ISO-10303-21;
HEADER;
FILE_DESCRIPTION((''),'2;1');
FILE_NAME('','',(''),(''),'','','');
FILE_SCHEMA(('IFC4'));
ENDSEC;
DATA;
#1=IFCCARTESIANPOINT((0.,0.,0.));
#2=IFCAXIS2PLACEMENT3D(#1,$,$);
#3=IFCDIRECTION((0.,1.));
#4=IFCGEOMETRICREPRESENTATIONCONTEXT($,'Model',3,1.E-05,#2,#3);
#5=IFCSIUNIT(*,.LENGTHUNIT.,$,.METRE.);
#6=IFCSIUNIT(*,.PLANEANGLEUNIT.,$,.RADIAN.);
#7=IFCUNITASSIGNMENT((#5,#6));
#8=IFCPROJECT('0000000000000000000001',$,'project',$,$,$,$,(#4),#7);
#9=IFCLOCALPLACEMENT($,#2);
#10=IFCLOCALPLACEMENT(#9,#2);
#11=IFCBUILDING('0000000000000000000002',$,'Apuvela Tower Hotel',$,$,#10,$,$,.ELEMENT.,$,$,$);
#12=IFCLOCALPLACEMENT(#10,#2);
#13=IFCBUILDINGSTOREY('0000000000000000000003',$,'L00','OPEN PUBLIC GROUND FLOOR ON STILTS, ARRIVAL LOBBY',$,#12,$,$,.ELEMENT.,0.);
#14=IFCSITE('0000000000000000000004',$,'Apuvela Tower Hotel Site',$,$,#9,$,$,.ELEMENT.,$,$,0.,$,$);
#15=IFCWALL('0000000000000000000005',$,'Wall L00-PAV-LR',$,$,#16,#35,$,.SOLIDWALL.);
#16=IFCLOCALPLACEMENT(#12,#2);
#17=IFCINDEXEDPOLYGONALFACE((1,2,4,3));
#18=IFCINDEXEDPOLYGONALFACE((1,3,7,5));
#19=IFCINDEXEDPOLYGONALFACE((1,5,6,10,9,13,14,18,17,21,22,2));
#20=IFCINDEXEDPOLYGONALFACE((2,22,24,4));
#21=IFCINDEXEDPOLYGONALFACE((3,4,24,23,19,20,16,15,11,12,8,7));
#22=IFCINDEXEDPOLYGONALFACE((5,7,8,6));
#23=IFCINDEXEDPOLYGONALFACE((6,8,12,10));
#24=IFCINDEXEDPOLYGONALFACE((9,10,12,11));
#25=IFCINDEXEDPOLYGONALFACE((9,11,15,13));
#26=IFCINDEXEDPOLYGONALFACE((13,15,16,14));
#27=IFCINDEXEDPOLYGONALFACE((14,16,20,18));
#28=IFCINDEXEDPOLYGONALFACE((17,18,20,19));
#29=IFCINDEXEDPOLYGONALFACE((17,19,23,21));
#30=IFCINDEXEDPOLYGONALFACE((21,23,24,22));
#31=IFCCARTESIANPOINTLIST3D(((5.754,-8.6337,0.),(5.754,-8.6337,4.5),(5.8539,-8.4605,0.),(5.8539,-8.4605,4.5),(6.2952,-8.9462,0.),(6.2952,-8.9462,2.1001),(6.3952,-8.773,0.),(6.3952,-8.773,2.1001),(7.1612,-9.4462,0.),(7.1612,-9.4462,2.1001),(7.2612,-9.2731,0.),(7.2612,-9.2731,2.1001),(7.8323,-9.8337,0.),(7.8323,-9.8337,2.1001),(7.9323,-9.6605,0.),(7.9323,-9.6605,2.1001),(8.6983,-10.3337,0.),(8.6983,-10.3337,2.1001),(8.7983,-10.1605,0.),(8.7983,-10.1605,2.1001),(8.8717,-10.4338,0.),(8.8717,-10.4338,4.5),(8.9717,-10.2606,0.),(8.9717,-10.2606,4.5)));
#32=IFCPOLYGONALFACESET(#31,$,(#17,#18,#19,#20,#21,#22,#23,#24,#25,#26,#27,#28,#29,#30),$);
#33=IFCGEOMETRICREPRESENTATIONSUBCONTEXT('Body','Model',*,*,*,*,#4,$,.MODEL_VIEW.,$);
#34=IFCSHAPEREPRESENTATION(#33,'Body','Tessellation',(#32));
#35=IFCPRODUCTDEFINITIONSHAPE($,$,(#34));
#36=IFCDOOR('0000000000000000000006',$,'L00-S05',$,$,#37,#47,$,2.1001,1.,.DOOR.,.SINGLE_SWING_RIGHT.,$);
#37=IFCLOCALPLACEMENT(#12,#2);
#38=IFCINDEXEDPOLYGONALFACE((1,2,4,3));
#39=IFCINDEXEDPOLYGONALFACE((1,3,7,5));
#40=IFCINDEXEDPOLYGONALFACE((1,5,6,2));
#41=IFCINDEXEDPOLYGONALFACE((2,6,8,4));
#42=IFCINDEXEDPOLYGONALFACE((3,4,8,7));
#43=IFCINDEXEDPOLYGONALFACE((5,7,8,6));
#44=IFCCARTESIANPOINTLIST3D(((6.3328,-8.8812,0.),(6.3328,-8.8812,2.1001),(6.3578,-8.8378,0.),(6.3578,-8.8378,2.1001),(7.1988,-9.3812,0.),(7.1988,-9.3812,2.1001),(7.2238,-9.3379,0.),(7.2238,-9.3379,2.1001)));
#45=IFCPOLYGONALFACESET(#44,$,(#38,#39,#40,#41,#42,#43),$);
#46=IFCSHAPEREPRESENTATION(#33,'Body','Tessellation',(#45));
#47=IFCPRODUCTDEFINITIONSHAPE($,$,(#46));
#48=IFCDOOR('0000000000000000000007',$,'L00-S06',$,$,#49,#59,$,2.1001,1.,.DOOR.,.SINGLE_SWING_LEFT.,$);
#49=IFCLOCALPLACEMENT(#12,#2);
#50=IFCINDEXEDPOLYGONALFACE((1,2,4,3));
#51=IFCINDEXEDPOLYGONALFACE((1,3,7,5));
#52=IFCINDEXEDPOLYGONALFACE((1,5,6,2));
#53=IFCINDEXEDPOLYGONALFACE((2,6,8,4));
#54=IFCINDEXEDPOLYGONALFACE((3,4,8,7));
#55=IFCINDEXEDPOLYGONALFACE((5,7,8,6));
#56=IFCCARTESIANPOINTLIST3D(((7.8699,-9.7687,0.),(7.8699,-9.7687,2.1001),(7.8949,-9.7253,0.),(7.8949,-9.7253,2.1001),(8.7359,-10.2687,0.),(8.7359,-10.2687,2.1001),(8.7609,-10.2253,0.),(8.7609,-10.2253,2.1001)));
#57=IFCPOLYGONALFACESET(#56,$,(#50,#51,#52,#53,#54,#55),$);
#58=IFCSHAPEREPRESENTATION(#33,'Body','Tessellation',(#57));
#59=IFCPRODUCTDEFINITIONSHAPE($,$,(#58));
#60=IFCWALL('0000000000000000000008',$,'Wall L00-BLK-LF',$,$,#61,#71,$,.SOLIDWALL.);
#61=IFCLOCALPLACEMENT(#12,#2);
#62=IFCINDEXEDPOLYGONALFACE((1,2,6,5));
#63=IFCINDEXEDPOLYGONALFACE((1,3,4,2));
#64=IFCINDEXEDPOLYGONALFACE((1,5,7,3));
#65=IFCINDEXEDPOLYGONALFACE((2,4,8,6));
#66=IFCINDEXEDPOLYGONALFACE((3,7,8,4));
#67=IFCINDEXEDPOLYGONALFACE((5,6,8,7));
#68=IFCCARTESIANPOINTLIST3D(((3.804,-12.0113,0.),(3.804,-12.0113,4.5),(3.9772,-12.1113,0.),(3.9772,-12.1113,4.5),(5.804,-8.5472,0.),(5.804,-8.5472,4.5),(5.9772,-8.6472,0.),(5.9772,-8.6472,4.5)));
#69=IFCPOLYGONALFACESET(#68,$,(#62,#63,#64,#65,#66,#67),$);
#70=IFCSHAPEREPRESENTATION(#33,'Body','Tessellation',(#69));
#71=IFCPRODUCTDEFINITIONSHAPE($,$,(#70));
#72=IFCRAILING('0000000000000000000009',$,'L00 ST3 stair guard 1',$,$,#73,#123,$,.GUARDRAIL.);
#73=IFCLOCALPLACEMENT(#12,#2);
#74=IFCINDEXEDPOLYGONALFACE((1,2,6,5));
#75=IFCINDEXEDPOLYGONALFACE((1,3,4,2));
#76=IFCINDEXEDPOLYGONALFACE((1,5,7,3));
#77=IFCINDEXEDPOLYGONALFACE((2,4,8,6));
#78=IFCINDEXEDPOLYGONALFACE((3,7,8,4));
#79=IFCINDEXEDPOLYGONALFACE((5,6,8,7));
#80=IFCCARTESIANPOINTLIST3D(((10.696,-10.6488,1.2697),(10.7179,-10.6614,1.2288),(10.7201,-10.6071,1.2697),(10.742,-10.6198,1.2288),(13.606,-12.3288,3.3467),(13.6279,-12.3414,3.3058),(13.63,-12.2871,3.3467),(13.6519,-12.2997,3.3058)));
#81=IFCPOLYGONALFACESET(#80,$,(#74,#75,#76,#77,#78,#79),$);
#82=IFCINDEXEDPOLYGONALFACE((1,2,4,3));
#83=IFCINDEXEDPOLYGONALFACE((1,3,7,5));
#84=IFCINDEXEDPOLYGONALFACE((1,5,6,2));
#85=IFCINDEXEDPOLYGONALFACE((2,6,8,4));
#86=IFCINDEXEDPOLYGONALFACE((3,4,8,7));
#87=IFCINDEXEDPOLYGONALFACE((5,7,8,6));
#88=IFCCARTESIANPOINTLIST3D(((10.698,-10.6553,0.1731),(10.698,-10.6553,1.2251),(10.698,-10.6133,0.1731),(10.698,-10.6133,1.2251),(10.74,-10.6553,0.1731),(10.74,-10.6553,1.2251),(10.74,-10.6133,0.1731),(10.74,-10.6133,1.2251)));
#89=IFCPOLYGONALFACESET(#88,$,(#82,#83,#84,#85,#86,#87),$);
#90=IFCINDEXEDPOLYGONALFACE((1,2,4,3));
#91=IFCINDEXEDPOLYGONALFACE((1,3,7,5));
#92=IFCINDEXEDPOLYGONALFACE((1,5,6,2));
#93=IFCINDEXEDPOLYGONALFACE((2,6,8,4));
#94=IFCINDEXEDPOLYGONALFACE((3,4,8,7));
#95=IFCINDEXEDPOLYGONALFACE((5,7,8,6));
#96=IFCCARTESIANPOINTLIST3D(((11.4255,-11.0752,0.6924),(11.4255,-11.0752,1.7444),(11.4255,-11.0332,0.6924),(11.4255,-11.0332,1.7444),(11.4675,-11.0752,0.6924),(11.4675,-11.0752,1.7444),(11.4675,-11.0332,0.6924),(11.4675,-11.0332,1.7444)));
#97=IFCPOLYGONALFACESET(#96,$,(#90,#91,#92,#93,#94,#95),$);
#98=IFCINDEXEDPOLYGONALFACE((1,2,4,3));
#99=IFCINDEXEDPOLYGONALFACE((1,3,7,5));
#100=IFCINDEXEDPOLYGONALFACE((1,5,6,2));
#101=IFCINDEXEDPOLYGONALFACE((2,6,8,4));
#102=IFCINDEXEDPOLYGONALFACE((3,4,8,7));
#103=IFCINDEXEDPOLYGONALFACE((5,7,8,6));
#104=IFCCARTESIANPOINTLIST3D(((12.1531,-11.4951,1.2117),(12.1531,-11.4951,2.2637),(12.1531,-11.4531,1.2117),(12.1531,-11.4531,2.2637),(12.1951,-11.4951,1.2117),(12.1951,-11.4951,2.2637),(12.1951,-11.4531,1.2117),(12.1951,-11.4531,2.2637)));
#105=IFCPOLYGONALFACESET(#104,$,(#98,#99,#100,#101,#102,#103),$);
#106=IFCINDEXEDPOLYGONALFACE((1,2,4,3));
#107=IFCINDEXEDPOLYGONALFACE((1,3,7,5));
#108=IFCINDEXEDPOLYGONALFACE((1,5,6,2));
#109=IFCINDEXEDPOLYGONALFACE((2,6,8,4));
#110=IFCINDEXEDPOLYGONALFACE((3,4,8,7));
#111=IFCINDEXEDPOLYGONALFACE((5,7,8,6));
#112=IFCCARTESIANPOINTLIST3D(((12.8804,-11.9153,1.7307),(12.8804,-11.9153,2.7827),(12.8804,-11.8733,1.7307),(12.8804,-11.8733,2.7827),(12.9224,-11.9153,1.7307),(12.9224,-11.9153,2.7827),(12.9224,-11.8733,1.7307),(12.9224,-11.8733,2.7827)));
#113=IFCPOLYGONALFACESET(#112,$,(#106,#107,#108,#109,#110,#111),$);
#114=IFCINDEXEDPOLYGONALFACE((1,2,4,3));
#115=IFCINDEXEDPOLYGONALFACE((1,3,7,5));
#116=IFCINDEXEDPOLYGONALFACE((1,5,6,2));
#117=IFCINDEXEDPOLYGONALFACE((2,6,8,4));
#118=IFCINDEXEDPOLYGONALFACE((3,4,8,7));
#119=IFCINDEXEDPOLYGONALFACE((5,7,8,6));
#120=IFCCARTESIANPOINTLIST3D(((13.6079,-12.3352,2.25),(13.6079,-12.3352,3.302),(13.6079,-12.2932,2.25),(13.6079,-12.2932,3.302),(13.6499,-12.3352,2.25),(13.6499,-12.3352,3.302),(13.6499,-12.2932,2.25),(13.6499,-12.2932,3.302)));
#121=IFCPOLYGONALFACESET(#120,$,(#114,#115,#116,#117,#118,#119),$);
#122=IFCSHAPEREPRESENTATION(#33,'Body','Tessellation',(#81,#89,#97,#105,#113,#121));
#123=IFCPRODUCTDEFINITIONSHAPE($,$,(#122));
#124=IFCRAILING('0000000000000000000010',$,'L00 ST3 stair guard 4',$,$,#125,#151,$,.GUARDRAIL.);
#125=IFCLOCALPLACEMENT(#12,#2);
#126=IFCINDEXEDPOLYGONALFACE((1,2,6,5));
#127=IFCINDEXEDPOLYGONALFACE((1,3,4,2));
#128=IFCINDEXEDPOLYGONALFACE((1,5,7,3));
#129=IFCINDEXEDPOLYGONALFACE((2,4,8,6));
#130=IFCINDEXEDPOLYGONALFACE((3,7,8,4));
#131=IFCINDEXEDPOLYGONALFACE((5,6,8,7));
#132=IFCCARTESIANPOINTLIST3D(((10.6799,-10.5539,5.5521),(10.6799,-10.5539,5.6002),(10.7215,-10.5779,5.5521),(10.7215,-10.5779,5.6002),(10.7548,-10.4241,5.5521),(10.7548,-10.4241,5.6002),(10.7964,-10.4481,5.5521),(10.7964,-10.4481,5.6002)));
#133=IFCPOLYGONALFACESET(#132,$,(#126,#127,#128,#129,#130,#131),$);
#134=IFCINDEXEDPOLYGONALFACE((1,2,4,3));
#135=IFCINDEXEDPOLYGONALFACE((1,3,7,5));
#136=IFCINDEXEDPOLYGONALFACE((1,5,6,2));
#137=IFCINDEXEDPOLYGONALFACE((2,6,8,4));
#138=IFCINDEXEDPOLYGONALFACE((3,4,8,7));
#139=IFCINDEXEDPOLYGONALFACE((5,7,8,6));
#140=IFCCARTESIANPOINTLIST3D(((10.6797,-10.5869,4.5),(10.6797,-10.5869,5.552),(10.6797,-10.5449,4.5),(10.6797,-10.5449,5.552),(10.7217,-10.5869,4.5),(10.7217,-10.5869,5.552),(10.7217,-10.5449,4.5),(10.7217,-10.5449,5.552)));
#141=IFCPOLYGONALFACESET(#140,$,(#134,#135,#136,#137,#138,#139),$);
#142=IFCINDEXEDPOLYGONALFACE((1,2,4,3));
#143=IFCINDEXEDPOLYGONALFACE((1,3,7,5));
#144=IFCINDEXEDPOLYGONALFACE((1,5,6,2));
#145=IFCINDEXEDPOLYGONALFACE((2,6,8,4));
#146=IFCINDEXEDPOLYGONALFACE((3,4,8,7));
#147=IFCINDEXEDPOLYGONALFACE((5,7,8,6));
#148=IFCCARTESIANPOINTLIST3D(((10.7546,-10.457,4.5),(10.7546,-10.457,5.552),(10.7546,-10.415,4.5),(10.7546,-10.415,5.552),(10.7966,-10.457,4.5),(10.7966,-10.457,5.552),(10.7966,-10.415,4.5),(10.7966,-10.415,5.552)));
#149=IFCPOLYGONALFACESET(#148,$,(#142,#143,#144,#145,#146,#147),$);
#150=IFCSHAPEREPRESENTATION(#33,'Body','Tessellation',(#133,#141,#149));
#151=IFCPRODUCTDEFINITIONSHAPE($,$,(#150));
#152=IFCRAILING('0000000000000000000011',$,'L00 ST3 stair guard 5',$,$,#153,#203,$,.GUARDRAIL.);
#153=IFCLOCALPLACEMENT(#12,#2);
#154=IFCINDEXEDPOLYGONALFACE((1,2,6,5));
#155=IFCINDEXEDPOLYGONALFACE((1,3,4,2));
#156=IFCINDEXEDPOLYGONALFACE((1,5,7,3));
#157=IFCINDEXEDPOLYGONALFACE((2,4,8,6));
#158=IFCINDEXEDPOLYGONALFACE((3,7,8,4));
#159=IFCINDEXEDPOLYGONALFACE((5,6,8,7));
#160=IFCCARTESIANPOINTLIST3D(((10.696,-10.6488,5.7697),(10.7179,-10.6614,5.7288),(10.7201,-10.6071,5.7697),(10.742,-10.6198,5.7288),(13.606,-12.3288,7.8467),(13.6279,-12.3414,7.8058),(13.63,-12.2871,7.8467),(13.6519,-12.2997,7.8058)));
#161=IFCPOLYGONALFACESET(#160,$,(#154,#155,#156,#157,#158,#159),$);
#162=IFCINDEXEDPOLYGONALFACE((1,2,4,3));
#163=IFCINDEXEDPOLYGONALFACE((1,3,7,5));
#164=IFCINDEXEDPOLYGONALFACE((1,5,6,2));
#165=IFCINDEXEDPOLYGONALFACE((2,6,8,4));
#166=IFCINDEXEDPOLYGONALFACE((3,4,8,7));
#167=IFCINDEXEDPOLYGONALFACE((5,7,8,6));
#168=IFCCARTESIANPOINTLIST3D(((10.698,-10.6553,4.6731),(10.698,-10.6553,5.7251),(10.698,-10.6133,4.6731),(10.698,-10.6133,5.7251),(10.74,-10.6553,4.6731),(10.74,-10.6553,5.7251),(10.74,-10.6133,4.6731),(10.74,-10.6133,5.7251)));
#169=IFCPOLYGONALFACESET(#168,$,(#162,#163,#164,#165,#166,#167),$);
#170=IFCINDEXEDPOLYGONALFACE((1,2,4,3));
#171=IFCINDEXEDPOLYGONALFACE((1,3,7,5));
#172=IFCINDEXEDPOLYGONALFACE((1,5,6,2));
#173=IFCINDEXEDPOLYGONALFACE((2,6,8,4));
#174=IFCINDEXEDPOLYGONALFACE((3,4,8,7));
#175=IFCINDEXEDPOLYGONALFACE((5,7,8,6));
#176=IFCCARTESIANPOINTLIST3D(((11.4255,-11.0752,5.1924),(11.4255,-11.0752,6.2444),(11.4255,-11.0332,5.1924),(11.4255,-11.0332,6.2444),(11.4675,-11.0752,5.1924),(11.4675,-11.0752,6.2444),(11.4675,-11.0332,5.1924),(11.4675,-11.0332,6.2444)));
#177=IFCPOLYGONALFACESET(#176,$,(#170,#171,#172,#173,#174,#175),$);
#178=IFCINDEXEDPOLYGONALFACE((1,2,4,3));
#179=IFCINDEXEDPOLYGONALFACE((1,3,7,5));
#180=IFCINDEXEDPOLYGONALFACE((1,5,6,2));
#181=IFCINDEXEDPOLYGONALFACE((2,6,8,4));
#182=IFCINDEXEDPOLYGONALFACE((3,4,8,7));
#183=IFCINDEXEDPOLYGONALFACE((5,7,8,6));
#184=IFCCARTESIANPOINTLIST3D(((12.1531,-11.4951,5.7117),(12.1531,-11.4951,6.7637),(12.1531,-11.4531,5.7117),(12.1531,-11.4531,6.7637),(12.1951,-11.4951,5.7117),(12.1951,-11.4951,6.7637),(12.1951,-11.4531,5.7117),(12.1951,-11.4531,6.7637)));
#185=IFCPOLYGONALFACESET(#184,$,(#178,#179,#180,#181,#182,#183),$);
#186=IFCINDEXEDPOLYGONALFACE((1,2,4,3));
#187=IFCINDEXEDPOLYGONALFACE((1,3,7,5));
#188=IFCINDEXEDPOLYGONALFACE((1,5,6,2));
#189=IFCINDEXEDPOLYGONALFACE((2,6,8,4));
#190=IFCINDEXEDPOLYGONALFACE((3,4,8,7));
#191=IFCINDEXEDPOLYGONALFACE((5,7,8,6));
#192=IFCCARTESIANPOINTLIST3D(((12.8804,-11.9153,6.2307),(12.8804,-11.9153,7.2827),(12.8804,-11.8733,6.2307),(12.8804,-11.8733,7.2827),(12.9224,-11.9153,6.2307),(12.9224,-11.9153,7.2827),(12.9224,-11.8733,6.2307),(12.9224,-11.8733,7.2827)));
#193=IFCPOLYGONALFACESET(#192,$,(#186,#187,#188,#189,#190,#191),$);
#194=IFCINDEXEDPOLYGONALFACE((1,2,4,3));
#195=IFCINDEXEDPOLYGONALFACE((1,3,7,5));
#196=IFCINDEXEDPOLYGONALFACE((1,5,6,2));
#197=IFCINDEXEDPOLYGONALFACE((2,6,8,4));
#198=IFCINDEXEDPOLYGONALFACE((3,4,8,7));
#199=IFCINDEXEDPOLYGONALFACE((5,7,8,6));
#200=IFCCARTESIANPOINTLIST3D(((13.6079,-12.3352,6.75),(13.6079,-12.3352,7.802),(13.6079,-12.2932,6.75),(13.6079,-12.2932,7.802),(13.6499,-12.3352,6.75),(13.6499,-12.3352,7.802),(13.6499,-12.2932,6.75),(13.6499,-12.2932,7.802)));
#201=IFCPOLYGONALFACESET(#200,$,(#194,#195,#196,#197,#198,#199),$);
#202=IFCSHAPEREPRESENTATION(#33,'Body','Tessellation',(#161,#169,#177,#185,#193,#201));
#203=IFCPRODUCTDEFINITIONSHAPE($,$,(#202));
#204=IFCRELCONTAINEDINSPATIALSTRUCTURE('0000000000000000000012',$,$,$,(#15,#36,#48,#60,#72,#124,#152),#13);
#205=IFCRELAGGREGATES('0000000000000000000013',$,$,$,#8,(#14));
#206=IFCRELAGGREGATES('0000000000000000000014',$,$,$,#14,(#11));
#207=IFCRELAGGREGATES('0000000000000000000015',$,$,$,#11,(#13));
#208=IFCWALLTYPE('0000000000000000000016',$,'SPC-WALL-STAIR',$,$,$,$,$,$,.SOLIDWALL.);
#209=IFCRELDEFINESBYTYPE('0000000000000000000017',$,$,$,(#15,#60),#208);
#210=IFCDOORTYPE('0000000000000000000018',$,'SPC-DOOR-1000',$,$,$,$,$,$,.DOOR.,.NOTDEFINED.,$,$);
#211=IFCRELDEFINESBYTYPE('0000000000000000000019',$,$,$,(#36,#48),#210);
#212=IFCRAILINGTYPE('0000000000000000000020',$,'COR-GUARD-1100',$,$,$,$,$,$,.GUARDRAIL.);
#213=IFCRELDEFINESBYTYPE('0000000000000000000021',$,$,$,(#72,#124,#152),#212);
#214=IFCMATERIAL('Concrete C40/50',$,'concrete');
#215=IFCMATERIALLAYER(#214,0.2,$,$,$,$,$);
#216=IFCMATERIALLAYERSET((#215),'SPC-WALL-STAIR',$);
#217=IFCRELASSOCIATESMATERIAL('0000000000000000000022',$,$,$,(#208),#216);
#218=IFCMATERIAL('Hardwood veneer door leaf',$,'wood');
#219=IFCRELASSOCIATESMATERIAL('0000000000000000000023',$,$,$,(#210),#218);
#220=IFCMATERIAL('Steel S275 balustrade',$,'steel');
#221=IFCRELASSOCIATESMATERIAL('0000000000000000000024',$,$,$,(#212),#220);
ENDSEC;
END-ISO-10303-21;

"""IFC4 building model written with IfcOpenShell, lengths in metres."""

from ifc_helpers import new_model, si_unit, direction, frame, frame_2d, origin, origin_2d, place, context, subcontext, project, spatial, rectangle, extrude, material, layer, layer_set, type_object, element, fill, save


model = new_model("IFC4")

# Units and contexts
model_context = context("Model", 3, precision=1e-05, world=origin(), true_north=direction((0.0, 1.0)))
body_context = subcontext(model_context, "Body", "Model", "MODEL_VIEW")
ifc_project = project(units=[si_unit("LENGTHUNIT", "METRE"), si_unit("PLANEANGLEUNIT", "RADIAN")], contexts=[model_context])

# Site, building, storey
site_placement = place(None, origin())
site = spatial("IfcSite", under=ifc_project, at=site_placement, Name="Apuvela Tower Hotel Site", CompositionType="ELEMENT", RefElevation=0.0)
building_placement = place(site_placement, origin())
building = spatial("IfcBuilding", under=site, at=building_placement, Name="Apuvela Tower Hotel", CompositionType="ELEMENT")
storey_placement = place(building_placement, origin())
storey = spatial("IfcBuildingStorey", under=building, at=storey_placement, Name="L00", Description="OPEN PUBLIC GROUND FLOOR ON STILTS, ARRIVAL LOBBY", CompositionType="ELEMENT", Elevation=0.0)

# Shared definitions
ifc_material_1 = material(Name="Concrete C40/50", Category="concrete")

# Wall, openings, doors
ifc_layer_1 = layer(ifc_material_1, 0.2)
ifc_layer_set_1 = layer_set([ifc_layer_1], Name="SPC-WALL-STAIR")
wall_type_1 = type_object("IfcWallType", Name="SPC-WALL-STAIR", PredefinedType="SOLIDWALL", material=ifc_layer_set_1)
wall_1_placement = place(storey_placement, frame((5.804, -8.5471, 0.0), z_axis=(0.0, 0.0, 1.0), x_axis=(0.866018, -0.500012, 0.0)))
wall_1 = element("IfcWall", 1, at=wall_1_placement, inside=storey, type_object=wall_type_1, Name="Wall L00-PAV-LR", PredefinedType="SOLIDWALL", context=body_context, shape_type="SweptSolid", body=[
    extrude(rectangle(XDim=3.6001, YDim=0.2, at=frame_2d((1.8, 0.0))), origin(), (0.0, 0.0, 1.0), 4.5),
])
opening_1_placement = place(wall_1_placement, frame((0.625, 0.0, 0.0)))
opening_1 = element("IfcOpeningElement", 2, at=opening_1_placement, cuts=wall_1, PredefinedType="OPENING", context=body_context, shape_type="SweptSolid", body=[
    extrude(rectangle(XDim=1.0, YDim=2.1001, at=frame_2d((0.5, 1.05))), frame((0.0, 0.1099, 0.0), z_axis=(0.0, -1.0, 0.0), x_axis=(1.0, 0.0, 0.0)), (0.0, 0.0, 1.0), 0.22),
])
opening_2_placement = place(wall_1_placement, frame((2.3999, 0.0, 0.0)))
opening_2 = element("IfcOpeningElement", 3, at=opening_2_placement, cuts=wall_1, PredefinedType="OPENING", context=body_context, shape_type="SweptSolid", body=[
    extrude(rectangle(XDim=1.0, YDim=2.1001, at=frame_2d((0.5, 1.05))), frame((0.0, 0.1099, 0.0), z_axis=(0.0, -1.0, 0.0), x_axis=(1.0, 0.0, 0.0)), (0.0, 0.0, 1.0), 0.22),
])
ifc_material_2 = material(Name="Hardwood veneer door leaf", Category="wood")
door_type_1 = type_object("IfcDoorType", Name="SPC-DOOR-1000", OperationType="NOTDEFINED", PredefinedType="DOOR", material=ifc_material_2)
door_1_placement = place(opening_1_placement, frame((1.0, 0.0, 0.0), z_axis=(0.0, 0.0, 1.0), x_axis=(-1.0, 0.0, 0.0)))
door_1 = element("IfcDoor", 4, at=door_1_placement, inside=storey, type_object=door_type_1, Name="L00-S05", OperationType="SINGLE_SWING_RIGHT", OverallHeight=2.1001, OverallWidth=1.0, PredefinedType="DOOR", context=body_context, shape_type="SweptSolid", body=[
    extrude(rectangle(XDim=1.0, YDim=2.1001, at=frame_2d((0.5, 1.05))), frame((0.0, 0.0249, 0.0), z_axis=(0.0, -1.0, 0.0), x_axis=(1.0, 0.0, 0.0)), (0.0, 0.0, 1.0), 0.05),
])
fill(opening_1, door_1)
door_2_placement = place(opening_2_placement, frame((1.0, 0.0, 0.0), z_axis=(0.0, 0.0, 1.0), x_axis=(-1.0, 0.0, 0.0)))
door_2 = element("IfcDoor", 5, at=door_2_placement, inside=storey, type_object=door_type_1, Name="L00-S06", OperationType="SINGLE_SWING_LEFT", OverallHeight=2.1001, OverallWidth=1.0, PredefinedType="DOOR", context=body_context, shape_type="SweptSolid", body=[
    extrude(rectangle(XDim=1.0, YDim=2.1001, at=frame_2d((0.5, 1.05))), frame((0.0, 0.0249, 0.0), z_axis=(0.0, -1.0, 0.0), x_axis=(1.0, 0.0, 0.0)), (0.0, 0.0, 1.0), 0.05),
])
fill(opening_2, door_2)

# Wall
wall_2_placement = place(storey_placement, frame((5.8906, -8.5972, 0.0), z_axis=(0.0, 0.0, 1.0), x_axis=(-0.499999, -0.866026, 0.0)))
element("IfcWall", 6, at=wall_2_placement, inside=storey, type_object=wall_type_1, Name="Wall L00-BLK-LF", PredefinedType="SOLIDWALL", context=body_context, shape_type="SweptSolid", body=[
    extrude(rectangle(XDim=4.0, YDim=0.2, at=frame_2d((2.0, 0.0))), origin(), (0.0, 0.0, 1.0), 4.5),
])

# Railings
ifc_material_3 = material(Name="Steel S275 balustrade", Category="steel")
railing_type = type_object("IfcRailingType", Name="COR-GUARD-1100", PredefinedType="GUARDRAIL", material=ifc_material_3)
railing_1_placement = place(storey_placement, frame((10.719, -10.6343, 0.1731)))
element("IfcRailing", 7, at=railing_1_placement, inside=storey, type_object=railing_type, Name="L00 ST3 stair guard 1", PredefinedType="GUARDRAIL", context=body_context, shape_type="SweptSolid", body=[
    extrude(rectangle(XDim=0.0481, YDim=0.0481, at=origin_2d()), frame((0.0, 0.0, 1.0762), z_axis=(0.736668, -0.425288, 0.525785), x_axis=(0.499976, 0.866039, 0.0)), (0.0, 0.0, 1.0), 3.9502),
    extrude(rectangle(XDim=0.042, YDim=0.042, at=origin_2d()), origin(), (0.0, 0.0, 1.0), 1.052),
    extrude(rectangle(XDim=0.042, YDim=0.042, at=origin_2d()), frame((0.7275, -0.4199, 0.5193)), (0.0, 0.0, 1.0), 1.052),
    extrude(rectangle(XDim=0.042, YDim=0.042, at=origin_2d()), frame((1.4551, -0.8398, 1.0386)), (0.0, 0.0, 1.0), 1.052),
    extrude(rectangle(XDim=0.042, YDim=0.042, at=origin_2d()), frame((2.1824, -1.26, 1.5576)), (0.0, 0.0, 1.0), 1.052),
    extrude(rectangle(XDim=0.042, YDim=0.042, at=origin_2d()), frame((2.9099, -1.6799, 2.0769)), (0.0, 0.0, 1.0), 1.052),
])
railing_2_placement = place(storey_placement, frame((10.7007, -10.5659, 4.5)))
element("IfcRailing", 8, at=railing_2_placement, inside=storey, type_object=railing_type, Name="L00 ST3 stair guard 4", PredefinedType="GUARDRAIL", context=body_context, shape_type="SweptSolid", body=[
    extrude(rectangle(XDim=0.0481, YDim=0.0481, at=origin_2d()), frame((0.0, 0.0, 1.0762), z_axis=(0.499816, 0.866131, 0.0), x_axis=(-0.866131, 0.499816, 0.0)), (0.0, 0.0, 1.0), 0.1499),
    extrude(rectangle(XDim=0.042, YDim=0.042, at=origin_2d()), origin(), (0.0, 0.0, 1.0), 1.052),
    extrude(rectangle(XDim=0.042, YDim=0.042, at=origin_2d()), frame((0.075, 0.1299, 0.0)), (0.0, 0.0, 1.0), 1.052),
])
railing_3_placement = place(storey_placement, frame((10.719, -10.6343, 4.6731)))
element("IfcRailing", 9, at=railing_3_placement, inside=storey, type_object=railing_type, Name="L00 ST3 stair guard 5", PredefinedType="GUARDRAIL", context=body_context, shape_type="SweptSolid", body=[
    extrude(rectangle(XDim=0.0481, YDim=0.0481, at=origin_2d()), frame((0.0, 0.0, 1.0762), z_axis=(0.736668, -0.425288, 0.525785), x_axis=(0.499976, 0.866039, 0.0)), (0.0, 0.0, 1.0), 3.9502),
    extrude(rectangle(XDim=0.042, YDim=0.042, at=origin_2d()), origin(), (0.0, 0.0, 1.0), 1.052),
    extrude(rectangle(XDim=0.042, YDim=0.042, at=origin_2d()), frame((0.7275, -0.4199, 0.5193)), (0.0, 0.0, 1.0), 1.052),
    extrude(rectangle(XDim=0.042, YDim=0.042, at=origin_2d()), frame((1.4551, -0.8398, 1.0386)), (0.0, 0.0, 1.0), 1.052),
    extrude(rectangle(XDim=0.042, YDim=0.042, at=origin_2d()), frame((2.1824, -1.26, 1.5576)), (0.0, 0.0, 1.0), 1.052),
    extrude(rectangle(XDim=0.042, YDim=0.042, at=origin_2d()), frame((2.9099, -1.6799, 2.0769)), (0.0, 0.0, 1.0), 1.052),
])

save(model, "model.ifc")
